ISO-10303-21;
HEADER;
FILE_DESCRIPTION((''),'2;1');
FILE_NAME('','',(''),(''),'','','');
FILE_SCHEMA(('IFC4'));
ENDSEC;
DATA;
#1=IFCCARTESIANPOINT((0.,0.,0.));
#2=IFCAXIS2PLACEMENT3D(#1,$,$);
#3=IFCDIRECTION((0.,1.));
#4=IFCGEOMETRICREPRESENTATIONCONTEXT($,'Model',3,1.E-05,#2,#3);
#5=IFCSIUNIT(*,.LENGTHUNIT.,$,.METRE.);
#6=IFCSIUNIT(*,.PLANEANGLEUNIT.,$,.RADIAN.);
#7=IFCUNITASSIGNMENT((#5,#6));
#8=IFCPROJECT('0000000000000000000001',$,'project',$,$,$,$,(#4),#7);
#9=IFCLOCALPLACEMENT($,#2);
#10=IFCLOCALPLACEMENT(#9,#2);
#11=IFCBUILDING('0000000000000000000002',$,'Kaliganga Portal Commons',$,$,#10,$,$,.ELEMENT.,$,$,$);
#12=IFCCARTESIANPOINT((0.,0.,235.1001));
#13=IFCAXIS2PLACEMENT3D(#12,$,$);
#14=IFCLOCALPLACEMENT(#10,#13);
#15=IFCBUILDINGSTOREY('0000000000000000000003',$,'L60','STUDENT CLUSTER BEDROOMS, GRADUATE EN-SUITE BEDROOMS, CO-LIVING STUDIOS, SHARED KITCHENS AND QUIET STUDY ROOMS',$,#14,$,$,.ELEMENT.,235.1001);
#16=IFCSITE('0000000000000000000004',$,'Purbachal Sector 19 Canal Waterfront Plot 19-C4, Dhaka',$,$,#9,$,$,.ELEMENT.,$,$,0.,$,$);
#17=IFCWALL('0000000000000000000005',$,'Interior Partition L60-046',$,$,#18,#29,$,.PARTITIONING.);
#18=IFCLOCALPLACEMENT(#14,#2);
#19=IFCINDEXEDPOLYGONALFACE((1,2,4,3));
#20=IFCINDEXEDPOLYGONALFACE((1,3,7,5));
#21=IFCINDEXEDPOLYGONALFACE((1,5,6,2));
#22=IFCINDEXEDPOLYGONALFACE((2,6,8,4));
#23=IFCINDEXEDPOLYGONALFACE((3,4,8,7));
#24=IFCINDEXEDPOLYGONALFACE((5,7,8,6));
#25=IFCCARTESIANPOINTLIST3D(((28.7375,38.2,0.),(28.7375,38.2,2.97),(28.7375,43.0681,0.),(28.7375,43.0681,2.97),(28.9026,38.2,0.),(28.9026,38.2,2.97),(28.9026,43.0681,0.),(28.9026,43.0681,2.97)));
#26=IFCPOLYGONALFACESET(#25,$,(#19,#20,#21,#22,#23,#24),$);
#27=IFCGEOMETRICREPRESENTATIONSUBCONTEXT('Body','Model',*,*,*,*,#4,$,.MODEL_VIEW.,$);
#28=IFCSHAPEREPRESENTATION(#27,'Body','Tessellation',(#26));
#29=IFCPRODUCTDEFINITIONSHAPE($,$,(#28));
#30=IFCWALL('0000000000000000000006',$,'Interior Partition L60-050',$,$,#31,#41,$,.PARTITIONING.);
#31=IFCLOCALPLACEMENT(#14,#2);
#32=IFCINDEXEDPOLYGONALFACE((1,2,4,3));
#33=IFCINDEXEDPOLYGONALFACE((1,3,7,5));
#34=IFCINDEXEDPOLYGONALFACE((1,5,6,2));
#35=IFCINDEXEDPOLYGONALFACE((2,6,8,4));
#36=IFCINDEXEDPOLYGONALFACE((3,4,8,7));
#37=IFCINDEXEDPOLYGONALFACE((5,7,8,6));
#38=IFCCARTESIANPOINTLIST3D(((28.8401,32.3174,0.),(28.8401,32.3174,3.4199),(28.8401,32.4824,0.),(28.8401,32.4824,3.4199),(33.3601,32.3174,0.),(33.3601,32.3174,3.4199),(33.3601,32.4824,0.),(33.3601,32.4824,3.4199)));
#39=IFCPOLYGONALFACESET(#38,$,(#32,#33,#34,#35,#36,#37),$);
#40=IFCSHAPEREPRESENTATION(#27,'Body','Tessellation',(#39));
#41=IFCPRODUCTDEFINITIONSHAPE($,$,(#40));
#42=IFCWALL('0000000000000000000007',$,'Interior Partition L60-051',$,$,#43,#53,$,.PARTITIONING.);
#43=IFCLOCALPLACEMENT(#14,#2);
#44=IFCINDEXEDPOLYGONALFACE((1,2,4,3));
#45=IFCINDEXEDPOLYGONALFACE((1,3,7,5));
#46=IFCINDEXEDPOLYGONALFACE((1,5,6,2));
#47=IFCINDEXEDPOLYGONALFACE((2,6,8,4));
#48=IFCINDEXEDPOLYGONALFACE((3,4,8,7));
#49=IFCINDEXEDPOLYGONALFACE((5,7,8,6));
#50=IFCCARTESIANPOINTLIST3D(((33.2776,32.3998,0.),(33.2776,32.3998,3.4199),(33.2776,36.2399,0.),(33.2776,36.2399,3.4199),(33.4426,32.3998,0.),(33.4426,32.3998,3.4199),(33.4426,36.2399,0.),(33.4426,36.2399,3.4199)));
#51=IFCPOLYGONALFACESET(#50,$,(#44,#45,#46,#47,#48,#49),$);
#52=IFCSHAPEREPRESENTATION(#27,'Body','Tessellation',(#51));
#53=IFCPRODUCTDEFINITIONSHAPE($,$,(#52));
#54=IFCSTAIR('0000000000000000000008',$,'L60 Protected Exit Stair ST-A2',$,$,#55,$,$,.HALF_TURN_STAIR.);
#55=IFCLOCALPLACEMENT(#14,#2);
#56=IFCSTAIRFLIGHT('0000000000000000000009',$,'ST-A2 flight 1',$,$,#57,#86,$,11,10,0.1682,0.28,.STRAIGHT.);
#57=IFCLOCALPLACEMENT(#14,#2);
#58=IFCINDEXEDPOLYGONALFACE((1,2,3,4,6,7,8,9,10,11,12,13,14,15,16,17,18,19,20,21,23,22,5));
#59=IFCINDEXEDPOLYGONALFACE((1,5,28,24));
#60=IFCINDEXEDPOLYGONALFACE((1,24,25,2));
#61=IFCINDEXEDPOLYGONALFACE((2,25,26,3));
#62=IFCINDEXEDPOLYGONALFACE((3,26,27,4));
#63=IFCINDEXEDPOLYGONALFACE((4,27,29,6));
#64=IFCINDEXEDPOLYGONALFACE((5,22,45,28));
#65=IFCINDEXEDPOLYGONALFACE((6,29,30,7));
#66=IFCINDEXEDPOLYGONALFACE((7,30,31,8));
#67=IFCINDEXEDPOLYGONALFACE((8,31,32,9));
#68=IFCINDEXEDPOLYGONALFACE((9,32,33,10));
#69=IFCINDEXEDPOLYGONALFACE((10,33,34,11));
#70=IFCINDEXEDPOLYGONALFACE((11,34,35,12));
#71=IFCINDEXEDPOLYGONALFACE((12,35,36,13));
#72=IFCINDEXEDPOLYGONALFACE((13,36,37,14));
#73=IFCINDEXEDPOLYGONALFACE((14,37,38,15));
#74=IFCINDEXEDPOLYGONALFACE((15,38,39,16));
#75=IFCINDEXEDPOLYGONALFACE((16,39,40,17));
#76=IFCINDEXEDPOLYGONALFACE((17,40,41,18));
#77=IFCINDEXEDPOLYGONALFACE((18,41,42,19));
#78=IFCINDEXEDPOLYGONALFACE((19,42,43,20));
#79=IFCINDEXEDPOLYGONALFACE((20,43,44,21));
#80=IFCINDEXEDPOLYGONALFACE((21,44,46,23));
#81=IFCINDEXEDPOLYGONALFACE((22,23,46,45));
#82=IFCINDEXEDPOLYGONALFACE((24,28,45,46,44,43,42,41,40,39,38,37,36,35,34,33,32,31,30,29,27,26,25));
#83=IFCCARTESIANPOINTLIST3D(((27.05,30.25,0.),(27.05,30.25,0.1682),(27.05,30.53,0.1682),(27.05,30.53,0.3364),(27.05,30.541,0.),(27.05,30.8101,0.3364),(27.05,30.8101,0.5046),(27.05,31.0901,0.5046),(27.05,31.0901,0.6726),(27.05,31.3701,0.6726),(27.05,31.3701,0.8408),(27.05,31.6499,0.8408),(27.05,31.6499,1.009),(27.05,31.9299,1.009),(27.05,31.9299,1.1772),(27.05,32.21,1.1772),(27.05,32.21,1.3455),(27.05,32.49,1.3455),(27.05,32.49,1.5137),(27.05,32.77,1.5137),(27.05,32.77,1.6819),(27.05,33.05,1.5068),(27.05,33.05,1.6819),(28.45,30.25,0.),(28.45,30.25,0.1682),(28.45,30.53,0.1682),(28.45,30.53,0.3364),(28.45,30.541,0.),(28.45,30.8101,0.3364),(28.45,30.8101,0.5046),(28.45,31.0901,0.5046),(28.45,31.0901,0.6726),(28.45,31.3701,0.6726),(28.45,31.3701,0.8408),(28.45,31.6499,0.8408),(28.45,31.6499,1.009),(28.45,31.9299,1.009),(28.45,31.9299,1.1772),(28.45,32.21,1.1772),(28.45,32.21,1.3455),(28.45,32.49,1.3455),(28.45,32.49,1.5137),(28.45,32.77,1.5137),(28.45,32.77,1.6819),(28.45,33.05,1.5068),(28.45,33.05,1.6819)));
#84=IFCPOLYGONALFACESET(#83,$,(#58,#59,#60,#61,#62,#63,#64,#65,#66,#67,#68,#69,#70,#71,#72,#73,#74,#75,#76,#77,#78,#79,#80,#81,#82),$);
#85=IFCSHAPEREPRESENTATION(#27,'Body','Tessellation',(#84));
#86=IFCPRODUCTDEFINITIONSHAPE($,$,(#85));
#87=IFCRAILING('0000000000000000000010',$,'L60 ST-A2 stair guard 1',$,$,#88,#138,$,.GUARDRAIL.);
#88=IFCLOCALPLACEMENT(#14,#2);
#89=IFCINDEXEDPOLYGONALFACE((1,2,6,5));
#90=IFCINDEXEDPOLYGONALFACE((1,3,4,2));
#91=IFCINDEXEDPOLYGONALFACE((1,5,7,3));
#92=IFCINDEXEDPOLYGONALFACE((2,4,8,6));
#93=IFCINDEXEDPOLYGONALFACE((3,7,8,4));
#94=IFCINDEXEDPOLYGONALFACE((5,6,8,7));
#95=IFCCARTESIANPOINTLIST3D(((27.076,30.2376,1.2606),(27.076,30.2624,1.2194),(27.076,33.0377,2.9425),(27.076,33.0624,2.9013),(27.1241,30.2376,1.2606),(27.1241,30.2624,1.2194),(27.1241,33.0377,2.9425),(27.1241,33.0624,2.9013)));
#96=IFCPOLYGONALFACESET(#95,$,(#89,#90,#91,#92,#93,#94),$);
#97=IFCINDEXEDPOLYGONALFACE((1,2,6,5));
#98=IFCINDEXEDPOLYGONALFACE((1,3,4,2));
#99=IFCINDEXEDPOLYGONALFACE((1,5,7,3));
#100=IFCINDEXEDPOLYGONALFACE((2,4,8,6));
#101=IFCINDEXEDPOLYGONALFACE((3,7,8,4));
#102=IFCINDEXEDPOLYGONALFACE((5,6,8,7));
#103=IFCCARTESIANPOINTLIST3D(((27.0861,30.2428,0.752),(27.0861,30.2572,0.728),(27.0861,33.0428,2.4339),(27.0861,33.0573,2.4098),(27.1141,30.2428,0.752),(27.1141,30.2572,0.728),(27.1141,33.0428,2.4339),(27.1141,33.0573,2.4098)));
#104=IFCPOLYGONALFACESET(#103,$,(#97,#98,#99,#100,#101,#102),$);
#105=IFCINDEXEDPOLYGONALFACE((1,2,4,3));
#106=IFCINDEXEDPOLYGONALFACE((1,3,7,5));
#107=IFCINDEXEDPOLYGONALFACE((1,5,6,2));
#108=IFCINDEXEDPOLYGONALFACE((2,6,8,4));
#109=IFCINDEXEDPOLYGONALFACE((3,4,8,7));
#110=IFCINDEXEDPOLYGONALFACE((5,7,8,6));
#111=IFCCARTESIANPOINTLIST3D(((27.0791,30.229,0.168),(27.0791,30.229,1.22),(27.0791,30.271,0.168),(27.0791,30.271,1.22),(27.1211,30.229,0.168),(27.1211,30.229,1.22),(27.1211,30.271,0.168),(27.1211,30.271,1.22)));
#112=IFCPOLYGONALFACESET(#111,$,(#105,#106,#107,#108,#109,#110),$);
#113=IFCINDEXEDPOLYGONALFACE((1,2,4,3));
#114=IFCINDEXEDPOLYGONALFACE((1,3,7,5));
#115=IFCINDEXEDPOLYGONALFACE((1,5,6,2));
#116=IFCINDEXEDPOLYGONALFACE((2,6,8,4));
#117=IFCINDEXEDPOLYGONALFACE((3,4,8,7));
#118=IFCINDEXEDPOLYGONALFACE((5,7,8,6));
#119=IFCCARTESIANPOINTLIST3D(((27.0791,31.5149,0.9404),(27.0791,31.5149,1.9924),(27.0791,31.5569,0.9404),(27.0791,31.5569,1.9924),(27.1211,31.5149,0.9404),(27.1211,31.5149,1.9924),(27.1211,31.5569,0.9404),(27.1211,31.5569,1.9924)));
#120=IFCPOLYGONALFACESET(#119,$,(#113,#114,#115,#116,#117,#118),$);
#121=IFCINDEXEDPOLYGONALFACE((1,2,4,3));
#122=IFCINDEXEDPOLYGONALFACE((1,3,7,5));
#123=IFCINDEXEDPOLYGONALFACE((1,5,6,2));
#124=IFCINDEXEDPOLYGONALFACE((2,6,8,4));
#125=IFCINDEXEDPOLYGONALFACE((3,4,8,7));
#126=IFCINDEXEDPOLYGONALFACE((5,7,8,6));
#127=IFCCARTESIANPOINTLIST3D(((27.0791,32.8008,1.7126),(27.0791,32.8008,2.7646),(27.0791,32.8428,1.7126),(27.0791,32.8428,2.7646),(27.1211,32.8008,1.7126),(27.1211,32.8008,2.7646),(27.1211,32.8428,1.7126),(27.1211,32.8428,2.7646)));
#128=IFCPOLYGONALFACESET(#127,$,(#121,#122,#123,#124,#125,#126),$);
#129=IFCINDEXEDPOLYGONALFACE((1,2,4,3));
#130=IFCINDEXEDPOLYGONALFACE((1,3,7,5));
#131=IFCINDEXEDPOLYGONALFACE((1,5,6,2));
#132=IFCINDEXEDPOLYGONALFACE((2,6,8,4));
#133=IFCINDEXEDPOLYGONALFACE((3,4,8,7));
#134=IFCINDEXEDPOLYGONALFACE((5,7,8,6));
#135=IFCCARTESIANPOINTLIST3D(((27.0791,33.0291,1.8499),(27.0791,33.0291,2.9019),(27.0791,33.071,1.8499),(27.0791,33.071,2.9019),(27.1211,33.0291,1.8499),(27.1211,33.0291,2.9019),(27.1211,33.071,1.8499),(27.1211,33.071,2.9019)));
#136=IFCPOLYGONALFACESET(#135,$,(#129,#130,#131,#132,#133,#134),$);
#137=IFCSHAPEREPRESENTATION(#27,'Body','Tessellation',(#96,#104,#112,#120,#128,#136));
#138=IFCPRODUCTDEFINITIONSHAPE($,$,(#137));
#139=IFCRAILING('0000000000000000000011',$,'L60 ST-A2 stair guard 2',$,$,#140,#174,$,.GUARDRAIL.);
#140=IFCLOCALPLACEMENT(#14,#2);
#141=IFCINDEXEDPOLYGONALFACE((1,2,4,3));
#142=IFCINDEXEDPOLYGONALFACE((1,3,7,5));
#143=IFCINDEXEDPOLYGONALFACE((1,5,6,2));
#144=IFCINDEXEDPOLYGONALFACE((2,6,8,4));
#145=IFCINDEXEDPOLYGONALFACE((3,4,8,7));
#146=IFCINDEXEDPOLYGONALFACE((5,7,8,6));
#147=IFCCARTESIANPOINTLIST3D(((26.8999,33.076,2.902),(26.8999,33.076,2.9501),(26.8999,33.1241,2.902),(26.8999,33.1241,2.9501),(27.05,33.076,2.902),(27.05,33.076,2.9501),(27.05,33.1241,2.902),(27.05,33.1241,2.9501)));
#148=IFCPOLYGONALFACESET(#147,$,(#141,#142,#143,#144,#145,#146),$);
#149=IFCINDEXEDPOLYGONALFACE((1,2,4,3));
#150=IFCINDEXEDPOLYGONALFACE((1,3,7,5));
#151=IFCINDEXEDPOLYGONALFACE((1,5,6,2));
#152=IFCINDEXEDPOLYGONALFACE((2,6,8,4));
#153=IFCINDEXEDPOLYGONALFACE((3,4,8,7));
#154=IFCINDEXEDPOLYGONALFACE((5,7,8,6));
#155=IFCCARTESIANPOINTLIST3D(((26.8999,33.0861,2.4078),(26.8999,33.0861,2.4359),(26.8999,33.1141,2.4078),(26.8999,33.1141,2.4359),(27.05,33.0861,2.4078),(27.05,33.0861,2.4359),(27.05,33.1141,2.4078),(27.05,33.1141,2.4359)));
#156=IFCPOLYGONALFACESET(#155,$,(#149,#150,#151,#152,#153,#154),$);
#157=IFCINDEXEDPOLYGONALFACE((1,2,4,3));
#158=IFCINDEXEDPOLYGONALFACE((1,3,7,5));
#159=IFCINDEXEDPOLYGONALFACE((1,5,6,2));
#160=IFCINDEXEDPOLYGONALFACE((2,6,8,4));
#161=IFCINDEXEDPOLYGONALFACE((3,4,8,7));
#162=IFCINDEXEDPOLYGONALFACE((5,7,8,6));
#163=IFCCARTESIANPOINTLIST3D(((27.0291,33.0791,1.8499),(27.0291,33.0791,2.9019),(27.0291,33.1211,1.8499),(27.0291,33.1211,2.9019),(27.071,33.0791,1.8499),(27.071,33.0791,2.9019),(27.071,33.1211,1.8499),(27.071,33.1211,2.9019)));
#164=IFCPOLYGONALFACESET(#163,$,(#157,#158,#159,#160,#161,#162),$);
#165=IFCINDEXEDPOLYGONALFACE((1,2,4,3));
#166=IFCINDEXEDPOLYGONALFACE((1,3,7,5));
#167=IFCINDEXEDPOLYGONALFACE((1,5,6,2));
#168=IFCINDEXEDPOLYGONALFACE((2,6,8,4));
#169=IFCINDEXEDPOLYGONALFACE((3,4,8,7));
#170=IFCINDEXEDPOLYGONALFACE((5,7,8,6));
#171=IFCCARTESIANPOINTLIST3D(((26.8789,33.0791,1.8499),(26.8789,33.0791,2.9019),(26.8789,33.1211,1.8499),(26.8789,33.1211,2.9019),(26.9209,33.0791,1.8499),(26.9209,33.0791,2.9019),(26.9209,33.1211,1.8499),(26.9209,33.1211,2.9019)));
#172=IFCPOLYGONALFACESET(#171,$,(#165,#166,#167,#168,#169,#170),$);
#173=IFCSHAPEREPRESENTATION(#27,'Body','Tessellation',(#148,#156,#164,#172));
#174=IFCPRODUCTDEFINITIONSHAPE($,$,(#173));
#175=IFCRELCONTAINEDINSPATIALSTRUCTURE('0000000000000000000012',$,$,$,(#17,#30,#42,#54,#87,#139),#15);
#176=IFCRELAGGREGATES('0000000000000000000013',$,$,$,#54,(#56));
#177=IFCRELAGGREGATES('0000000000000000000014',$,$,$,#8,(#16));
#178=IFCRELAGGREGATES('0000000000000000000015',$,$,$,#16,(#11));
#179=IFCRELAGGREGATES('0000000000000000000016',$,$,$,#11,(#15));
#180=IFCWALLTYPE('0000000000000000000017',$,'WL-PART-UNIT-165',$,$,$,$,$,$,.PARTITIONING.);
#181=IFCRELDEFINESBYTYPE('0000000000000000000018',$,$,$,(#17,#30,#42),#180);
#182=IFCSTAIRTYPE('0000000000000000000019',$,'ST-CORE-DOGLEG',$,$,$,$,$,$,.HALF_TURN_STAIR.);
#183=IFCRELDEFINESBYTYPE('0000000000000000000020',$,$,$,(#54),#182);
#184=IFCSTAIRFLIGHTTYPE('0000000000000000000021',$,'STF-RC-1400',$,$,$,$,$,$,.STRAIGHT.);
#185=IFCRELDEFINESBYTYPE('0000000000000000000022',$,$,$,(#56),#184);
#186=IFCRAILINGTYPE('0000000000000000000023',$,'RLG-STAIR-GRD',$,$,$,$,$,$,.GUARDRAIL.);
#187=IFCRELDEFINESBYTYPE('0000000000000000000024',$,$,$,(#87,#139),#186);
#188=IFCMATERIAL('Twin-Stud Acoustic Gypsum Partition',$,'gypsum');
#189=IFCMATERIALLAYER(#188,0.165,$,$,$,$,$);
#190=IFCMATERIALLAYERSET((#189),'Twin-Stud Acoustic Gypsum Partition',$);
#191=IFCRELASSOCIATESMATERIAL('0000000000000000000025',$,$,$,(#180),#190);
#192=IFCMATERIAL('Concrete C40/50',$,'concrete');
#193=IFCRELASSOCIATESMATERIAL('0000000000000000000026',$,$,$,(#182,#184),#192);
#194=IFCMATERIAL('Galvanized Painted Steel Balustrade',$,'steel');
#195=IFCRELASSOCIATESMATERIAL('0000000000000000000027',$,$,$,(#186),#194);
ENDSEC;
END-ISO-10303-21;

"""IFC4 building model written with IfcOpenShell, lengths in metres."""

from ifc_helpers import new_model, si_unit, direction, frame, frame_2d, origin, origin_2d, place, context, subcontext, project, spatial, polyline, rectangle, outline, extrude, material, layer, layer_set, type_object, element, aggregate, save


model = new_model("IFC4")

# Units and contexts
model_context = context("Model", 3, precision=1e-05, world=origin(), true_north=direction((0.0, 1.0)))
body_context = subcontext(model_context, "Body", "Model", "MODEL_VIEW")
ifc_project = project(units=[si_unit("LENGTHUNIT", "METRE"), si_unit("PLANEANGLEUNIT", "RADIAN")], contexts=[model_context])

# Site, building, storey
site_placement = place(None, origin())
site = spatial("IfcSite", under=ifc_project, at=site_placement, Name="Purbachal Sector 19 Canal Waterfront Plot 19-C4, Dhaka", CompositionType="ELEMENT", RefElevation=0.0)
building_placement = place(site_placement, origin())
building = spatial("IfcBuilding", under=site, at=building_placement, Name="Kaliganga Portal Commons", CompositionType="ELEMENT")
storey_placement = place(building_placement, frame((0.0, 0.0, 235.1001)))
storey = spatial("IfcBuildingStorey", under=building, at=storey_placement, Name="L60", Description="STUDENT CLUSTER BEDROOMS, GRADUATE EN-SUITE BEDROOMS, CO-LIVING STUDIOS, SHARED KITCHENS AND QUIET STUDY ROOMS", CompositionType="ELEMENT", Elevation=235.1001)

# Walls
ifc_material_1 = material(Name="Twin-Stud Acoustic Gypsum Partition", Category="gypsum")
ifc_layer_1 = layer(ifc_material_1, 0.165)
ifc_layer_set_1 = layer_set([ifc_layer_1], Name="Twin-Stud Acoustic Gypsum Partition")
wall_type_1 = type_object("IfcWallType", Name="WL-PART-UNIT-165", PredefinedType="PARTITIONING", material=ifc_layer_set_1)
wall_1_placement = place(storey_placement, frame((28.8201, 38.2, 0.0), z_axis=(0.0, 0.0, 1.0), x_axis=(0.0, 1.0, 0.0)))
element("IfcWall", 1, at=wall_1_placement, inside=storey, type_object=wall_type_1, Name="Interior Partition L60-046", PredefinedType="PARTITIONING", context=body_context, shape_type="SweptSolid", body=[
    extrude(rectangle(XDim=4.8682, YDim=0.165, at=frame_2d((2.4341, 0.0))), origin(), (0.0, 0.0, 1.0), 2.97),
])
wall_2_placement = place(storey_placement, frame((28.8401, 32.3999, 0.0), z_axis=(0.0, 0.0, 1.0), x_axis=(1.0, 0.0, 0.0)))
element("IfcWall", 2, at=wall_2_placement, inside=storey, type_object=wall_type_1, Name="Interior Partition L60-050", PredefinedType="PARTITIONING", context=body_context, shape_type="SweptSolid", body=[
    extrude(rectangle(XDim=4.52, YDim=0.165, at=frame_2d((2.26, 0.0))), origin(), (0.0, 0.0, 1.0), 3.4199),
])
wall_3_placement = place(storey_placement, frame((33.3601, 32.3999, 0.0), z_axis=(0.0, 0.0, 1.0), x_axis=(0.0, 1.0, 0.0)))
element("IfcWall", 3, at=wall_3_placement, inside=storey, type_object=wall_type_1, Name="Interior Partition L60-051", PredefinedType="PARTITIONING", context=body_context, shape_type="SweptSolid", body=[
    extrude(rectangle(XDim=3.8401, YDim=0.165, at=frame_2d((1.9199, 0.0))), origin(), (0.0, 0.0, 1.0), 3.4199),
])

# Stair, stair flight
ifc_material_2 = material(Name="Concrete C40/50", Category="concrete")
stair_type = type_object("IfcStairType", Name="ST-CORE-DOGLEG", PredefinedType="HALF_TURN_STAIR", material=ifc_material_2)
stair_placement = place(storey_placement, origin())
stair = element("IfcStair", 4, at=stair_placement, inside=storey, type_object=stair_type, Name="L60 Protected Exit Stair ST-A2", PredefinedType="HALF_TURN_STAIR")
stair_flight_type = type_object("IfcStairFlightType", Name="STF-RC-1400", PredefinedType="STRAIGHT", material=ifc_material_2)
stair_flight_placement = place(storey_placement, frame((27.75, 30.25, 0.0), z_axis=(0.0, 0.0, 1.0), x_axis=(0.0, 1.0, 0.0)))
stair_flight = element("IfcStairFlight", 5, at=stair_flight_placement, type_object=stair_flight_type, Name="ST-A2 flight 1", NumberOfRisers=11, NumberOfTreads=10, PredefinedType="STRAIGHT", RiserHeight=0.1682, TreadLength=0.28, context=body_context, shape_type="SweptSolid", body=[
    extrude(outline(polyline([(0.0, 0.0), (0.0, 0.1682), (0.28, 0.1682), (0.28, 0.3364), (0.5601, 0.3364), (0.5601, 0.5046), (0.8401, 0.5046), (0.8401, 0.6726), (1.1201, 0.6726), (1.1201, 0.8408), (1.3999, 0.8408), (1.3999, 1.009), (1.6799, 1.009), (1.6799, 1.1772), (1.96, 1.1772), (1.96, 1.3455), (2.24, 1.3455), (2.24, 1.5137), (2.52, 1.5137), (2.52, 1.6819), (2.8, 1.6819), (2.8, 1.8501), (2.8, 1.5068), (0.291, 0.0), (0.0, 0.0)])), frame((0.0, 0.7, 0.0), z_axis=(0.0, -1.0, 0.0), x_axis=(1.0, 0.0, 0.0)), (0.0, 0.0, 1.0), 1.3999),
])
aggregate(stair, [stair_flight])

# Railings
ifc_material_3 = material(Name="Galvanized Painted Steel Balustrade", Category="steel")
railing_type_1 = type_object("IfcRailingType", Name="RLG-STAIR-GRD", PredefinedType="GUARDRAIL", material=ifc_material_3)
railing_1_placement = place(storey_placement, frame((27.1001, 30.25, 0.168)))
element("IfcRailing", 6, at=railing_1_placement, inside=storey, type_object=railing_type_1, Name="L60 ST-A2 stair guard 1", PredefinedType="GUARDRAIL", context=body_context, shape_type="SweptSolid", body=[
    extrude(rectangle(XDim=0.0481, YDim=0.0481, at=origin_2d()), frame((0.0, 0.0, 1.072), z_axis=(0.0, 0.857242, 0.514913), x_axis=(-1.0, 0.0, 0.0)), (0.0, 0.0, 1.0), 3.2664),
    extrude(rectangle(XDim=0.0281, YDim=0.0281, at=origin_2d()), frame((0.0, 0.0, 0.572), z_axis=(0.0, 0.857242, 0.514913), x_axis=(-1.0, 0.0, 0.0)), (0.0, 0.0, 1.0), 3.2664),
    extrude(rectangle(XDim=0.042, YDim=0.042, at=origin_2d()), origin(), (0.0, 0.0, 1.0), 1.052),
    extrude(rectangle(XDim=0.042, YDim=0.042, at=origin_2d()), frame((0.0, 1.2859, 0.7725)), (0.0, 0.0, 1.0), 1.052),
    extrude(rectangle(XDim=0.042, YDim=0.042, at=origin_2d()), frame((0.0, 2.5718, 1.5447)), (0.0, 0.0, 1.0), 1.052),
    extrude(rectangle(XDim=0.042, YDim=0.042, at=origin_2d()), frame((0.0, 2.8, 1.6819)), (0.0, 0.0, 1.0), 1.052),
])
railing_2_placement = place(storey_placement, frame((27.05, 33.1001, 1.8499)))
element("IfcRailing", 7, at=railing_2_placement, inside=storey, type_object=railing_type_1, Name="L60 ST-A2 stair guard 2", PredefinedType="GUARDRAIL", context=body_context, shape_type="SweptSolid", body=[
    extrude(rectangle(XDim=0.0481, YDim=0.0481, at=origin_2d()), frame((0.0, 0.0, 1.0762), z_axis=(-1.0, 0.0, 0.0), x_axis=(0.0, -1.0, 0.0)), (0.0, 0.0, 1.0), 0.1501),
    extrude(rectangle(XDim=0.0281, YDim=0.0281, at=origin_2d()), frame((0.0, 0.0, 0.572), z_axis=(-1.0, 0.0, 0.0), x_axis=(0.0, -1.0, 0.0)), (0.0, 0.0, 1.0), 0.1501),
    extrude(rectangle(XDim=0.042, YDim=0.042, at=origin_2d()), origin(), (0.0, 0.0, 1.0), 1.052),
    extrude(rectangle(XDim=0.042, YDim=0.042, at=origin_2d()), frame((-0.1501, 0.0, 0.0)), (0.0, 0.0, 1.0), 1.052),
])

save(model, "model.ifc")
